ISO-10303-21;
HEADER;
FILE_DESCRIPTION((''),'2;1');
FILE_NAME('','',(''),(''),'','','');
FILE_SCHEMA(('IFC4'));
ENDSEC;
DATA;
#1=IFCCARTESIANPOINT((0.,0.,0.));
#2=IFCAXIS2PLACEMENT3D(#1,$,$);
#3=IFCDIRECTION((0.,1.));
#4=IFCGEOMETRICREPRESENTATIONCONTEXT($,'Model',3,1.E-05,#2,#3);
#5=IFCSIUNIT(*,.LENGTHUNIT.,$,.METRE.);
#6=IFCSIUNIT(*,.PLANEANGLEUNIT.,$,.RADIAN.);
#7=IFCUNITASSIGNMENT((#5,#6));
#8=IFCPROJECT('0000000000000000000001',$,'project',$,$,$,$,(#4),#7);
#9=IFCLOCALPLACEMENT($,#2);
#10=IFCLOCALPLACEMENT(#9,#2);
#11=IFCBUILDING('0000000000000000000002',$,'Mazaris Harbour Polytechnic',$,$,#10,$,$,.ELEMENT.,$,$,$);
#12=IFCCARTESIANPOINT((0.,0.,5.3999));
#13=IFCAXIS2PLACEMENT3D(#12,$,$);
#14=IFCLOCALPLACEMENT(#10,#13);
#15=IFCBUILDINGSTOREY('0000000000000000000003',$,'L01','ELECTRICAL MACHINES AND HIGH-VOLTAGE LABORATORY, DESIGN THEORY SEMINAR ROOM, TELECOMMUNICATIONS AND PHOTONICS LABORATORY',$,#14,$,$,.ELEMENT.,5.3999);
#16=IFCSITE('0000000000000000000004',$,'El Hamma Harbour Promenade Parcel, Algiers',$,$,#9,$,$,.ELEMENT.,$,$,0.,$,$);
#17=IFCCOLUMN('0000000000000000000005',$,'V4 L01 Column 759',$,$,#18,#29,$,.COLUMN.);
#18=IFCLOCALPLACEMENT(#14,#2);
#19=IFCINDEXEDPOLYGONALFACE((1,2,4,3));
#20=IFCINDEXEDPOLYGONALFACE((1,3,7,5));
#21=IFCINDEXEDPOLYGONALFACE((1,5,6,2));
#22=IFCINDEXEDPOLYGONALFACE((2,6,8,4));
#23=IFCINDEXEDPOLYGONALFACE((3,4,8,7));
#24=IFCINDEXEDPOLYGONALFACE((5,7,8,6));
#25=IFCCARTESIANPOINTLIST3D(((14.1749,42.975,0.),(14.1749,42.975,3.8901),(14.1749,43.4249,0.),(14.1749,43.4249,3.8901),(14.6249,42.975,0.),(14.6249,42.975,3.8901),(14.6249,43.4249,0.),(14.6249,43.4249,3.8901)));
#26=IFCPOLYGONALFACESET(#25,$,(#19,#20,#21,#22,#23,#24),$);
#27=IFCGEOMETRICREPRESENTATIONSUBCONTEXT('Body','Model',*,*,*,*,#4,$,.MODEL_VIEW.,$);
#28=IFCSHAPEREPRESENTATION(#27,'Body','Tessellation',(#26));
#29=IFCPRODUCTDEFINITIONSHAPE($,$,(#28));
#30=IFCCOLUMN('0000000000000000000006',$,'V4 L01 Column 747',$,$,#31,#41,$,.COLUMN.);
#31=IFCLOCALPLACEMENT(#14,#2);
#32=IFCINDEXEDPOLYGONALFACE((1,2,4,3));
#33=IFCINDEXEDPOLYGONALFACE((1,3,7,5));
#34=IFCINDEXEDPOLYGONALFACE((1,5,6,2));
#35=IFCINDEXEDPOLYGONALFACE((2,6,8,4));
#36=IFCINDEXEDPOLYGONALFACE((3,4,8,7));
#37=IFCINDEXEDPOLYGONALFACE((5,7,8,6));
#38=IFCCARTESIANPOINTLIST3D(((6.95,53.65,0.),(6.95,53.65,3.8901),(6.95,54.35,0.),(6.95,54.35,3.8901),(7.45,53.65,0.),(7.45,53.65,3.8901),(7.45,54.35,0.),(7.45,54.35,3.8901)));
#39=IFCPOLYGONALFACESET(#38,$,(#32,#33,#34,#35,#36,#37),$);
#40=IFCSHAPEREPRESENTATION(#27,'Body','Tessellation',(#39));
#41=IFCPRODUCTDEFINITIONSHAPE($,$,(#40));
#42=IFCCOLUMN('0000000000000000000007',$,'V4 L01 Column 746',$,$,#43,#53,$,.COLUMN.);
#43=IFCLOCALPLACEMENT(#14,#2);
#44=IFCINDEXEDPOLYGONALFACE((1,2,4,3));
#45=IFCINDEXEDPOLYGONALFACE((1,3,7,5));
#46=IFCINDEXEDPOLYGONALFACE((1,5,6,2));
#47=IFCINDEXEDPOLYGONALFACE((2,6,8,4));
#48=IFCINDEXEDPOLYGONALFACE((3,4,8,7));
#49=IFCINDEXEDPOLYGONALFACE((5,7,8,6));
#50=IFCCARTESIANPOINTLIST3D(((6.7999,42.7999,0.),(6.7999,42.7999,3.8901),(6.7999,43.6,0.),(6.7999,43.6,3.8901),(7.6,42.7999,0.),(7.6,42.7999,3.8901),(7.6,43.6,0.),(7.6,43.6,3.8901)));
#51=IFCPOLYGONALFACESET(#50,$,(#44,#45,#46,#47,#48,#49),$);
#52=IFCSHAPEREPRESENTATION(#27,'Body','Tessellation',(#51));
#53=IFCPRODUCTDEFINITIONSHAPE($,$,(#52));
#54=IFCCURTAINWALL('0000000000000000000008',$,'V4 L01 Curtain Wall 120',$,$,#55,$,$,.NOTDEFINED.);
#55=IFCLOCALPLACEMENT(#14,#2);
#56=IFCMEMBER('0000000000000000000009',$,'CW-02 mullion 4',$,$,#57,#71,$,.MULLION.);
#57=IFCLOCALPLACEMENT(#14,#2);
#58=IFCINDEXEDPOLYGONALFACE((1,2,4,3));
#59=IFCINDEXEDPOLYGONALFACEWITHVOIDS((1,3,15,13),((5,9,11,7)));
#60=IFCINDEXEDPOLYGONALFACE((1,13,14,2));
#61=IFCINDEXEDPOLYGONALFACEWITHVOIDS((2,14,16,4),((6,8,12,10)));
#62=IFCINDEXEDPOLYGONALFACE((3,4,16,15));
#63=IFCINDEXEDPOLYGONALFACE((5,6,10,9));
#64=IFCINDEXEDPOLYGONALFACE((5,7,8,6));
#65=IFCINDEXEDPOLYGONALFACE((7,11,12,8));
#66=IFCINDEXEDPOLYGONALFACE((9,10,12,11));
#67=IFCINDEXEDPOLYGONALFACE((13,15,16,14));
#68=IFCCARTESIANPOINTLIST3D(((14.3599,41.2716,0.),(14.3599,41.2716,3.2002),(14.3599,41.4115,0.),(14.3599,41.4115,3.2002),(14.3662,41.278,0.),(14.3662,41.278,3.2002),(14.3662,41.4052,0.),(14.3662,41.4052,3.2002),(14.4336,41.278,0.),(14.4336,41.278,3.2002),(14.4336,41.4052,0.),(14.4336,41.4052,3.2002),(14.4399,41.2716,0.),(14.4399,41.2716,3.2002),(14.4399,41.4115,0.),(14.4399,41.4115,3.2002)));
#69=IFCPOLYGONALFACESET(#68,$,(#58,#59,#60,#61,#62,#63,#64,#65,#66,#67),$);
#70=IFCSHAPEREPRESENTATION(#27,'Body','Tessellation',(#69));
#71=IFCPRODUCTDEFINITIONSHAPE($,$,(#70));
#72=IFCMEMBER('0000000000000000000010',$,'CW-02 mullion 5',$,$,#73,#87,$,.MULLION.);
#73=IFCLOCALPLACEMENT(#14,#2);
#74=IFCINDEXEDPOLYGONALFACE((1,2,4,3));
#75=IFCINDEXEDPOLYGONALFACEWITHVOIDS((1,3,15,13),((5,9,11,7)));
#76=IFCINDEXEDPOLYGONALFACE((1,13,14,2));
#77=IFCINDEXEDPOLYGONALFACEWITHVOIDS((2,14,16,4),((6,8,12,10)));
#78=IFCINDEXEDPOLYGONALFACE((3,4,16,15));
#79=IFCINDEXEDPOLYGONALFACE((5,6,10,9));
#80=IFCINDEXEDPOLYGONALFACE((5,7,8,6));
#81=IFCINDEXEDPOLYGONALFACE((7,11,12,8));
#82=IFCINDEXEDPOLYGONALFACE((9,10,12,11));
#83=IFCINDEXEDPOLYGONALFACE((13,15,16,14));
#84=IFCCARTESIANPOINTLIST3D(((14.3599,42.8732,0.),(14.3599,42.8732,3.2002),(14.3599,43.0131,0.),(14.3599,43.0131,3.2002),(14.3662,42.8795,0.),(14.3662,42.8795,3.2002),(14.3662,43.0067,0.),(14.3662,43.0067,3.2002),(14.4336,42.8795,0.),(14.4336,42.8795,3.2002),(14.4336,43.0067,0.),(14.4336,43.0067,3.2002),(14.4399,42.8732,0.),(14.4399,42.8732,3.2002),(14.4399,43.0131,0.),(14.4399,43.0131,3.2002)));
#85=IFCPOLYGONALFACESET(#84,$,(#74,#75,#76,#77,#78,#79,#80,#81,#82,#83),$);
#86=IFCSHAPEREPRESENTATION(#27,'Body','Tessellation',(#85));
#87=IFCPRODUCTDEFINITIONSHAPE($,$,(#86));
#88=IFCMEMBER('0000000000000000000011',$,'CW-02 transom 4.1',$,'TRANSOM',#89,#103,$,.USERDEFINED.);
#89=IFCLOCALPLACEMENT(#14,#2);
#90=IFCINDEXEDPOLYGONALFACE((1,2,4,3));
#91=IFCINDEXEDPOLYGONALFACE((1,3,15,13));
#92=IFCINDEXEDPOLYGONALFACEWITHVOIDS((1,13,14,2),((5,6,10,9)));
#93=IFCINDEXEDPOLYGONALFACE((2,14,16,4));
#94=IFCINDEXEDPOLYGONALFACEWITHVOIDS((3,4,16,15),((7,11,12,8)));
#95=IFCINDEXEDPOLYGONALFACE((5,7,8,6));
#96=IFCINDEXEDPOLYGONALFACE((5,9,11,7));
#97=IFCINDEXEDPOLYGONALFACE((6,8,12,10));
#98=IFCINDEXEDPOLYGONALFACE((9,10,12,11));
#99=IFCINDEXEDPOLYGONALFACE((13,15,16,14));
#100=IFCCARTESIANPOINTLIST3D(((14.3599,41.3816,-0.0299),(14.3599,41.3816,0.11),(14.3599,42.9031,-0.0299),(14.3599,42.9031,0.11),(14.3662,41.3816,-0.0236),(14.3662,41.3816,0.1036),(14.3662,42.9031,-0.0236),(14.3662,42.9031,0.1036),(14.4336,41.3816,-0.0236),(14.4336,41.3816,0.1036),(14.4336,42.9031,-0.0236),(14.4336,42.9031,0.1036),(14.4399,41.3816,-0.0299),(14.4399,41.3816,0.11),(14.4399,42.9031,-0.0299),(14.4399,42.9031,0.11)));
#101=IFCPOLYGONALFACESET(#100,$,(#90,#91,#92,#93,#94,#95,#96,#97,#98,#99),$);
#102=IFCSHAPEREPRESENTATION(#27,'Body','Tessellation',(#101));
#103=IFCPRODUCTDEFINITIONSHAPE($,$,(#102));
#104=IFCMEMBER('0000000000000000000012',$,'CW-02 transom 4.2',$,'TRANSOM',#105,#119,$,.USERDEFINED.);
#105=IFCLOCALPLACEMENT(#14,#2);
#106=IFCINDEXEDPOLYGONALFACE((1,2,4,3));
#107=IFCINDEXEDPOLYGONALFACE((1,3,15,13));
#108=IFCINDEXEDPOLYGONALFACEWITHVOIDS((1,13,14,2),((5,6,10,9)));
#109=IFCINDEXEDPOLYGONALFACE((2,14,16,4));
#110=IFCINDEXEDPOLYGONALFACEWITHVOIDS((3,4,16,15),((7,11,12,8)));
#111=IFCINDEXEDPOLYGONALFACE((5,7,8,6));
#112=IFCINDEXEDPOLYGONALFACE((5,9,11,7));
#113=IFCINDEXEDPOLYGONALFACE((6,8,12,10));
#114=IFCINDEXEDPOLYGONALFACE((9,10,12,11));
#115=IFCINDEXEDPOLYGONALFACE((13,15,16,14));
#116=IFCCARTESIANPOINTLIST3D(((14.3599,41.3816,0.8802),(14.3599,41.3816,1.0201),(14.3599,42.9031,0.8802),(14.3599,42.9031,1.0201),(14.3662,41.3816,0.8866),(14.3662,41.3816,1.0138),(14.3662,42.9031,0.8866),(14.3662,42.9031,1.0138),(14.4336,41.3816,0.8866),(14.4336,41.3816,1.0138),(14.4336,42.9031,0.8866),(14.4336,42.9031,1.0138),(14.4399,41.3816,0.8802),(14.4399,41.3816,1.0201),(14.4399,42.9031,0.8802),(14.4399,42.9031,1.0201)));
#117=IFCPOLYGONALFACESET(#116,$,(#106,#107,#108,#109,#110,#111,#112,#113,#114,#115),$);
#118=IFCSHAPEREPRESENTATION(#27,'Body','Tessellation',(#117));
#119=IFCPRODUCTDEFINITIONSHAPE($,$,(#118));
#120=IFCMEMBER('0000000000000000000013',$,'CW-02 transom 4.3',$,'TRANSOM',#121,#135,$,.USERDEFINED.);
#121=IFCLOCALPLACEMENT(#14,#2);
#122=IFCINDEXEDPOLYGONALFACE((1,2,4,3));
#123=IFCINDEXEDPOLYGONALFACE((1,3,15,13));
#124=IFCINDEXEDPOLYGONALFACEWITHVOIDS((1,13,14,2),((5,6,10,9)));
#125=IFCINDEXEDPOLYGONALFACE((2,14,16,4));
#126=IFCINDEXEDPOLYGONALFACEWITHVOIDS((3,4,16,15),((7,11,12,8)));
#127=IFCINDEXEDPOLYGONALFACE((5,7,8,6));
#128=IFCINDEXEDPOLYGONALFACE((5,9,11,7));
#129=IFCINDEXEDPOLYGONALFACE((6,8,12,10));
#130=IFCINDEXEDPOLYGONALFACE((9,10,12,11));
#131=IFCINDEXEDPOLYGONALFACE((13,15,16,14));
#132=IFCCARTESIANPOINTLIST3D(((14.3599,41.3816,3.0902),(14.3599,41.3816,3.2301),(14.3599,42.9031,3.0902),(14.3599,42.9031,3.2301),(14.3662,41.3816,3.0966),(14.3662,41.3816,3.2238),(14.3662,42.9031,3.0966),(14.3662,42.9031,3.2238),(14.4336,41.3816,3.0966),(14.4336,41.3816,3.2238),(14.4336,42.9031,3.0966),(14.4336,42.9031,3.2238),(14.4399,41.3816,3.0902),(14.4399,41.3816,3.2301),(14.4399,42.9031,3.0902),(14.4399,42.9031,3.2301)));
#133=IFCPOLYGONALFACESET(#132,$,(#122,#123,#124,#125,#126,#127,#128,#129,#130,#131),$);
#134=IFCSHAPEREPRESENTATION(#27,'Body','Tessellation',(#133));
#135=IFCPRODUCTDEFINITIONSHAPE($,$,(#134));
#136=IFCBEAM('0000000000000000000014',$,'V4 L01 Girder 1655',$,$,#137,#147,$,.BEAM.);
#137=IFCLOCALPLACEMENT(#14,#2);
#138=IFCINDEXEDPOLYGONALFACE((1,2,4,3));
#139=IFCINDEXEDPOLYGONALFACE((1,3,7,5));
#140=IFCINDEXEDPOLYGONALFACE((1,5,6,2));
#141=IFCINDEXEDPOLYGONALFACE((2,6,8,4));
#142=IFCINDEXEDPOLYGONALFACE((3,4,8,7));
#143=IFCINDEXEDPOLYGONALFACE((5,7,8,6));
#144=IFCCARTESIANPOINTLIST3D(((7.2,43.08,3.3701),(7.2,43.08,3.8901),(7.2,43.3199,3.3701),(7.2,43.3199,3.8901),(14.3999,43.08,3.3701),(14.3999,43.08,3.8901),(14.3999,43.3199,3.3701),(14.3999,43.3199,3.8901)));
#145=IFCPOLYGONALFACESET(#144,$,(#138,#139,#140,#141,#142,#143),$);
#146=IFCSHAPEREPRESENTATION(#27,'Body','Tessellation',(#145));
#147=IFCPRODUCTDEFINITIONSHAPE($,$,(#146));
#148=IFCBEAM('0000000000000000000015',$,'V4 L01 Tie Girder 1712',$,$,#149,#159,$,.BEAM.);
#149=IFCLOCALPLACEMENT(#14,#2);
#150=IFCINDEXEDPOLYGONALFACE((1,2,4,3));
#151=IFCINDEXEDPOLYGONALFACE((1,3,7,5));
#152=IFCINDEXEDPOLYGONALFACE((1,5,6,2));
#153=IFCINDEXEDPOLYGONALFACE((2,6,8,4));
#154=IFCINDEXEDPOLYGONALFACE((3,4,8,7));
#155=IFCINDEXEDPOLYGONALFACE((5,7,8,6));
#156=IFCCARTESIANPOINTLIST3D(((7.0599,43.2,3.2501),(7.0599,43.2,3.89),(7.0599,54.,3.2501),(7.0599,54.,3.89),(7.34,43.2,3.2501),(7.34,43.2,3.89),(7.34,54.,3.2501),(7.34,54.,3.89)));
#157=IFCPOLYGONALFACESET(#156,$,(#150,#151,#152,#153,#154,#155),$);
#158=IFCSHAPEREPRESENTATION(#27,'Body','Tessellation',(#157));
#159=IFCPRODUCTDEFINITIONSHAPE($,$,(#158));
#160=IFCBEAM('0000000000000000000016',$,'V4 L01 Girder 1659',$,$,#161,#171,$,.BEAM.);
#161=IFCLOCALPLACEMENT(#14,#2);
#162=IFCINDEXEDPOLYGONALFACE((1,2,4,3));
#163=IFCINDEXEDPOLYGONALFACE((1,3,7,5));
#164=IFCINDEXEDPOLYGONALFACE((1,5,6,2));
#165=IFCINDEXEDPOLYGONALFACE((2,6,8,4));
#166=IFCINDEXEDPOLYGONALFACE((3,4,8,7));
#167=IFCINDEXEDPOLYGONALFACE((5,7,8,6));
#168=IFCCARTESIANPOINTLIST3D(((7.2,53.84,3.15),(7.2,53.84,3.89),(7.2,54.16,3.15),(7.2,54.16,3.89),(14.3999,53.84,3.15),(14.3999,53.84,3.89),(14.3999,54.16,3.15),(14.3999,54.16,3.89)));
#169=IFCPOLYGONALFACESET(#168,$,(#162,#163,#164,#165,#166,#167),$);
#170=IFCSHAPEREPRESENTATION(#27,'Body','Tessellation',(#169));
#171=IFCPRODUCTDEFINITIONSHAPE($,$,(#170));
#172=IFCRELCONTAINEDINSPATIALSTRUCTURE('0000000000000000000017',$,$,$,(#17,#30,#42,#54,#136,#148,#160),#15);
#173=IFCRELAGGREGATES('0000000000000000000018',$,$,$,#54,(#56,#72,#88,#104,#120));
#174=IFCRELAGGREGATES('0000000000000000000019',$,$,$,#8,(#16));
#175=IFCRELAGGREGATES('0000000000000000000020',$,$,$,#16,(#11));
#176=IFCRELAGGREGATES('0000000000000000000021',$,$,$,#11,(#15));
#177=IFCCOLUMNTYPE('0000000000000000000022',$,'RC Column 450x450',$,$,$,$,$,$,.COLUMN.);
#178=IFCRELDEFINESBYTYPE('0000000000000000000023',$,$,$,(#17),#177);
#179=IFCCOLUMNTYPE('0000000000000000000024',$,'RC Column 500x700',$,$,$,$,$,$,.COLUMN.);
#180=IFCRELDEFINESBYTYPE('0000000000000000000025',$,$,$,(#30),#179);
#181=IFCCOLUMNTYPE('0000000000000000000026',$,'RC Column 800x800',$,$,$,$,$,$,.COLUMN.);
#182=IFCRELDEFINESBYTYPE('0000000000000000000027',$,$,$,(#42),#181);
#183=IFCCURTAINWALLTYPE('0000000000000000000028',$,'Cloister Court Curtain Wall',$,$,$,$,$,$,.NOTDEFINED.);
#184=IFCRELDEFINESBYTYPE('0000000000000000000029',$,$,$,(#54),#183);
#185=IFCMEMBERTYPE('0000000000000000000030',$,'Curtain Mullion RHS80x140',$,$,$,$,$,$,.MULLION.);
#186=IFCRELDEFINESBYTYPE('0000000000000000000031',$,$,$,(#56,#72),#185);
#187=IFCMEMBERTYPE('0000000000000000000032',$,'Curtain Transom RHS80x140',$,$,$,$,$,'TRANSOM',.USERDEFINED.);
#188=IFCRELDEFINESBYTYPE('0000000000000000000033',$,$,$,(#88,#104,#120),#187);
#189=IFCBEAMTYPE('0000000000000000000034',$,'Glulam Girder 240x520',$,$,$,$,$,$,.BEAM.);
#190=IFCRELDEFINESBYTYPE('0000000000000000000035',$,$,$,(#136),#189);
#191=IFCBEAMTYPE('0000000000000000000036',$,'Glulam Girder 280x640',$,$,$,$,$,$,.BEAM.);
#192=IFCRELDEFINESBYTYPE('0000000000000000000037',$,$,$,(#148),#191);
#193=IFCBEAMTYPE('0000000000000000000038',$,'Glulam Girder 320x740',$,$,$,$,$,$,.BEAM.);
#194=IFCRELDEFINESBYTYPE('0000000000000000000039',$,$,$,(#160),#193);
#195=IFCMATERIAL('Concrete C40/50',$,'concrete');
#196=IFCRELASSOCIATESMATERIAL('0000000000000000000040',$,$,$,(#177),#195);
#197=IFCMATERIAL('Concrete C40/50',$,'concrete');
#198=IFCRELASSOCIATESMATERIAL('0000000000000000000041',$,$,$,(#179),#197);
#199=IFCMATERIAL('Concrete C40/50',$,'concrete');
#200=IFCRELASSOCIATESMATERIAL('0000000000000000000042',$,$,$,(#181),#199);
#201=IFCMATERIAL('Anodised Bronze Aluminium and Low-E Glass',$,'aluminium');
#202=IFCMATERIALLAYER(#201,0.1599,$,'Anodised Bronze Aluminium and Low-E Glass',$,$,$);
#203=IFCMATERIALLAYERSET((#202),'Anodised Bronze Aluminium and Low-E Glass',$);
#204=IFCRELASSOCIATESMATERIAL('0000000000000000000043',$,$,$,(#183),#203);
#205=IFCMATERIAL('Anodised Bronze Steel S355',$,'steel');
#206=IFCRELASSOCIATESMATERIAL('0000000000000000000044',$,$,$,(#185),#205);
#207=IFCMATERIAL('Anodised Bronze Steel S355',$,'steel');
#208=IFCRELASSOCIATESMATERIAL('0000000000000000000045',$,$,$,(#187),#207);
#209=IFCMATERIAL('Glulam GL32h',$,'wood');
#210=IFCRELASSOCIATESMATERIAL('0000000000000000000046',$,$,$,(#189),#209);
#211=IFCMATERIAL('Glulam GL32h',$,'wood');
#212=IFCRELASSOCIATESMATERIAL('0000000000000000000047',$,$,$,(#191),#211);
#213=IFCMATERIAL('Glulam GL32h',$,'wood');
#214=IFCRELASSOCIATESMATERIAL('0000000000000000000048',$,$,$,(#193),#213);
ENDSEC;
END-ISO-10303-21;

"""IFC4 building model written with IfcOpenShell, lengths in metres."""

from ifc_helpers import new_model, si_unit, direction, frame, origin, origin_2d, place, context, subcontext, project, spatial, rectangle, hollow_rectangle, extrude, material, layer, layer_set, material_profile, profile_set, type_object, element, aggregate, save


model = new_model("IFC4")

# Units and contexts
model_context = context("Model", 3, precision=1e-05, world=origin(), true_north=direction((0.0, 1.0)))
body_context = subcontext(model_context, "Body", "Model", "MODEL_VIEW")
ifc_project = project(units=[si_unit("LENGTHUNIT", "METRE"), si_unit("PLANEANGLEUNIT", "RADIAN")], contexts=[model_context])

# Site, building, storey
site_placement = place(None, origin())
site = spatial("IfcSite", under=ifc_project, at=site_placement, Name="El Hamma Harbour Promenade Parcel, Algiers", CompositionType="ELEMENT", RefElevation=0.0)
building_placement = place(site_placement, origin())
building = spatial("IfcBuilding", under=site, at=building_placement, Name="Mazaris Harbour Polytechnic", CompositionType="ELEMENT")
storey_placement = place(building_placement, frame((0.0, 0.0, 5.3999)))
storey = spatial("IfcBuildingStorey", under=building, at=storey_placement, Name="L01", Description="ELECTRICAL MACHINES AND HIGH-VOLTAGE LABORATORY, DESIGN THEORY SEMINAR ROOM, TELECOMMUNICATIONS AND PHOTONICS LABORATORY", CompositionType="ELEMENT", Elevation=5.3999)

# Columns
ifc_material_1 = material(Name="Concrete C40/50", Category="concrete")
ifc_material_profile_1 = material_profile(ifc_material_1, rectangle(XDim=0.45, YDim=0.45, at=origin_2d()), Name="RECT450x450")
ifc_profile_set_1 = profile_set([ifc_material_profile_1], Name="Concrete C40/50")
column_type_1 = type_object("IfcColumnType", Name="RC Column 450x450", PredefinedType="COLUMN", material=ifc_profile_set_1)
column_1_placement = place(storey_placement, frame((14.3999, 43.2, 0.0), z_axis=(0.0, 0.0, 1.0), x_axis=(1.0, 0.0, 0.0)))
element("IfcColumn", 1, at=column_1_placement, inside=storey, type_object=column_type_1, Name="V4 L01 Column 759", PredefinedType="COLUMN", context=body_context, shape_type="SweptSolid", body=[
    extrude(rectangle(XDim=0.45, YDim=0.45, at=origin_2d()), origin(), (0.0, 0.0, 1.0), 3.8901),
])
ifc_material_2 = material(Name="Concrete C40/50", Category="concrete")
ifc_material_profile_2 = material_profile(ifc_material_2, rectangle(XDim=0.5, YDim=0.7, at=origin_2d()), Name="RECT500x700")
ifc_profile_set_2 = profile_set([ifc_material_profile_2], Name="Concrete C40/50")
column_type_2 = type_object("IfcColumnType", Name="RC Column 500x700", PredefinedType="COLUMN", material=ifc_profile_set_2)
column_2_placement = place(storey_placement, frame((7.2, 54.0, 0.0), z_axis=(0.0, 0.0, 1.0), x_axis=(1.0, 0.0, 0.0)))
element("IfcColumn", 2, at=column_2_placement, inside=storey, type_object=column_type_2, Name="V4 L01 Column 747", PredefinedType="COLUMN", context=body_context, shape_type="SweptSolid", body=[
    extrude(rectangle(XDim=0.5, YDim=0.7, at=origin_2d()), origin(), (0.0, 0.0, 1.0), 3.8901),
])
ifc_material_3 = material(Name="Concrete C40/50", Category="concrete")
ifc_material_profile_3 = material_profile(ifc_material_3, rectangle(XDim=0.8, YDim=0.8, at=origin_2d()), Name="RECT800x800")
ifc_profile_set_3 = profile_set([ifc_material_profile_3], Name="Concrete C40/50")
column_type_3 = type_object("IfcColumnType", Name="RC Column 800x800", PredefinedType="COLUMN", material=ifc_profile_set_3)
column_3_placement = place(storey_placement, frame((7.2, 43.2, 0.0), z_axis=(0.0, 0.0, 1.0), x_axis=(1.0, 0.0, 0.0)))
element("IfcColumn", 3, at=column_3_placement, inside=storey, type_object=column_type_3, Name="V4 L01 Column 746", PredefinedType="COLUMN", context=body_context, shape_type="SweptSolid", body=[
    extrude(rectangle(XDim=0.8, YDim=0.8, at=origin_2d()), origin(), (0.0, 0.0, 1.0), 3.8901),
])

# Curtain wall, members
ifc_material_4 = material(Name="Anodised Bronze Aluminium and Low-E Glass", Category="aluminium")
ifc_layer_1 = layer(ifc_material_4, 0.1599, Name="Anodised Bronze Aluminium and Low-E Glass")
ifc_layer_set_1 = layer_set([ifc_layer_1], Name="Anodised Bronze Aluminium and Low-E Glass")
curtain_wall_type = type_object("IfcCurtainWallType", Name="Cloister Court Curtain Wall", PredefinedType="NOTDEFINED", material=ifc_layer_set_1)
curtain_wall_placement = place(storey_placement, origin())
curtain_wall = element("IfcCurtainWall", 4, at=curtain_wall_placement, inside=storey, type_object=curtain_wall_type, Name="V4 L01 Curtain Wall 120", PredefinedType="NOTDEFINED")
ifc_material_5 = material(Name="Anodised Bronze Steel S355", Category="steel")
ifc_material_profile_4 = material_profile(ifc_material_5, hollow_rectangle(XDim=0.0801, YDim=0.1399, WallThickness=0.0063, at=origin_2d()), Name="RHS 80x140x6.3")
ifc_profile_set_4 = profile_set([ifc_material_profile_4], Name="Anodised Bronze Steel S355")
member_type_1 = type_object("IfcMemberType", Name="Curtain Mullion RHS80x140", PredefinedType="MULLION", material=ifc_profile_set_4)
member_1_placement = place(storey_placement, frame((14.3999, 41.3416, 0.0), z_axis=(0.0, 0.0, 1.0), x_axis=(-1.0, 0.0, 0.0)))
member_1 = element("IfcMember", 5, at=member_1_placement, type_object=member_type_1, Name="CW-02 mullion 4", PredefinedType="MULLION", context=body_context, shape_type="SweptSolid", body=[
    extrude(hollow_rectangle(XDim=0.0801, YDim=0.1399, WallThickness=0.0063, at=origin_2d()), origin(), (0.0, 0.0, 1.0), 3.2002),
])
member_2_placement = place(storey_placement, frame((14.3999, 42.9431, 0.0), z_axis=(0.0, 0.0, 1.0), x_axis=(-1.0, 0.0, 0.0)))
member_2 = element("IfcMember", 6, at=member_2_placement, type_object=member_type_1, Name="CW-02 mullion 5", PredefinedType="MULLION", context=body_context, shape_type="SweptSolid", body=[
    extrude(hollow_rectangle(XDim=0.0801, YDim=0.1399, WallThickness=0.0063, at=origin_2d()), origin(), (0.0, 0.0, 1.0), 3.2002),
])
ifc_material_6 = material(Name="Anodised Bronze Steel S355", Category="steel")
ifc_material_profile_5 = material_profile(ifc_material_6, hollow_rectangle(XDim=0.0801, YDim=0.1399, WallThickness=0.0063, at=origin_2d()), Name="RHS 80x140x6.3")
ifc_profile_set_5 = profile_set([ifc_material_profile_5], Name="Anodised Bronze Steel S355")
member_type_2 = type_object("IfcMemberType", Name="Curtain Transom RHS80x140", ElementType="TRANSOM", PredefinedType="USERDEFINED", material=ifc_profile_set_5)
member_3_placement = place(storey_placement, frame((14.3999, 41.3816, 0.04), z_axis=(0.0, 1.0, 0.0), x_axis=(-1.0, 0.0, 0.0)))
member_3 = element("IfcMember", 7, at=member_3_placement, type_object=member_type_2, Name="CW-02 transom 4.1", ObjectType="TRANSOM", PredefinedType="USERDEFINED", context=body_context, shape_type="SweptSolid", body=[
    extrude(hollow_rectangle(XDim=0.0801, YDim=0.1399, WallThickness=0.0063, at=origin_2d()), origin(), (0.0, 0.0, 1.0), 1.5215),
])
member_4_placement = place(storey_placement, frame((14.3999, 41.3816, 0.9502), z_axis=(0.0, 1.0, 0.0), x_axis=(-1.0, 0.0, 0.0)))
member_4 = element("IfcMember", 8, at=member_4_placement, type_object=member_type_2, Name="CW-02 transom 4.2", ObjectType="TRANSOM", PredefinedType="USERDEFINED", context=body_context, shape_type="SweptSolid", body=[
    extrude(hollow_rectangle(XDim=0.0801, YDim=0.1399, WallThickness=0.0063, at=origin_2d()), origin(), (0.0, 0.0, 1.0), 1.5215),
])
member_5_placement = place(storey_placement, frame((14.3999, 41.3816, 3.1602), z_axis=(0.0, 1.0, 0.0), x_axis=(-1.0, 0.0, 0.0)))
member_5 = element("IfcMember", 9, at=member_5_placement, type_object=member_type_2, Name="CW-02 transom 4.3", ObjectType="TRANSOM", PredefinedType="USERDEFINED", context=body_context, shape_type="SweptSolid", body=[
    extrude(hollow_rectangle(XDim=0.0801, YDim=0.1399, WallThickness=0.0063, at=origin_2d()), origin(), (0.0, 0.0, 1.0), 1.5215),
])

# Beams
ifc_material_7 = material(Name="Glulam GL32h", Category="wood")
ifc_material_profile_6 = material_profile(ifc_material_7, rectangle(XDim=0.24, YDim=0.52, at=origin_2d()), Name="RECT240x520")
ifc_profile_set_6 = profile_set([ifc_material_profile_6], Name="Glulam GL32h")
beam_type_1 = type_object("IfcBeamType", Name="Glulam Girder 240x520", PredefinedType="BEAM", material=ifc_profile_set_6)
beam_1_placement = place(storey_placement, frame((7.2, 43.2, 3.6301), z_axis=(1.0, 0.0, 0.0), x_axis=(0.0, 1.0, 0.0)))
element("IfcBeam", 10, at=beam_1_placement, inside=storey, type_object=beam_type_1, Name="V4 L01 Girder 1655", PredefinedType="BEAM", context=body_context, shape_type="SweptSolid", body=[
    extrude(rectangle(XDim=0.24, YDim=0.52, at=origin_2d()), origin(), (0.0, 0.0, 1.0), 7.2),
])
ifc_material_8 = material(Name="Glulam GL32h", Category="wood")
ifc_material_profile_7 = material_profile(ifc_material_8, rectangle(XDim=0.28, YDim=0.6399, at=origin_2d()), Name="RECT280x640")
ifc_profile_set_7 = profile_set([ifc_material_profile_7], Name="Glulam GL32h")
beam_type_2 = type_object("IfcBeamType", Name="Glulam Girder 280x640", PredefinedType="BEAM", material=ifc_profile_set_7)
beam_2_placement = place(storey_placement, frame((7.2, 43.2, 3.5701), z_axis=(0.0, 1.0, 0.0), x_axis=(-1.0, 0.0, 0.0)))
element("IfcBeam", 11, at=beam_2_placement, inside=storey, type_object=beam_type_2, Name="V4 L01 Tie Girder 1712", PredefinedType="BEAM", context=body_context, shape_type="SweptSolid", body=[
    extrude(rectangle(XDim=0.28, YDim=0.6399, at=origin_2d()), origin(), (0.0, 0.0, 1.0), 10.8),
])
ifc_material_9 = material(Name="Glulam GL32h", Category="wood")
ifc_material_profile_8 = material_profile(ifc_material_9, rectangle(XDim=0.3201, YDim=0.74, at=origin_2d()), Name="RECT320x740")
ifc_profile_set_8 = profile_set([ifc_material_profile_8], Name="Glulam GL32h")
beam_type_3 = type_object("IfcBeamType", Name="Glulam Girder 320x740", PredefinedType="BEAM", material=ifc_profile_set_8)
beam_3_placement = place(storey_placement, frame((7.2, 54.0, 3.52), z_axis=(1.0, 0.0, 0.0), x_axis=(0.0, 1.0, 0.0)))
element("IfcBeam", 12, at=beam_3_placement, inside=storey, type_object=beam_type_3, Name="V4 L01 Girder 1659", PredefinedType="BEAM", context=body_context, shape_type="SweptSolid", body=[
    extrude(rectangle(XDim=0.3201, YDim=0.74, at=origin_2d()), origin(), (0.0, 0.0, 1.0), 7.2),
])

aggregate(curtain_wall, [member_1, member_2, member_3, member_4, member_5])

save(model, "model.ifc")
